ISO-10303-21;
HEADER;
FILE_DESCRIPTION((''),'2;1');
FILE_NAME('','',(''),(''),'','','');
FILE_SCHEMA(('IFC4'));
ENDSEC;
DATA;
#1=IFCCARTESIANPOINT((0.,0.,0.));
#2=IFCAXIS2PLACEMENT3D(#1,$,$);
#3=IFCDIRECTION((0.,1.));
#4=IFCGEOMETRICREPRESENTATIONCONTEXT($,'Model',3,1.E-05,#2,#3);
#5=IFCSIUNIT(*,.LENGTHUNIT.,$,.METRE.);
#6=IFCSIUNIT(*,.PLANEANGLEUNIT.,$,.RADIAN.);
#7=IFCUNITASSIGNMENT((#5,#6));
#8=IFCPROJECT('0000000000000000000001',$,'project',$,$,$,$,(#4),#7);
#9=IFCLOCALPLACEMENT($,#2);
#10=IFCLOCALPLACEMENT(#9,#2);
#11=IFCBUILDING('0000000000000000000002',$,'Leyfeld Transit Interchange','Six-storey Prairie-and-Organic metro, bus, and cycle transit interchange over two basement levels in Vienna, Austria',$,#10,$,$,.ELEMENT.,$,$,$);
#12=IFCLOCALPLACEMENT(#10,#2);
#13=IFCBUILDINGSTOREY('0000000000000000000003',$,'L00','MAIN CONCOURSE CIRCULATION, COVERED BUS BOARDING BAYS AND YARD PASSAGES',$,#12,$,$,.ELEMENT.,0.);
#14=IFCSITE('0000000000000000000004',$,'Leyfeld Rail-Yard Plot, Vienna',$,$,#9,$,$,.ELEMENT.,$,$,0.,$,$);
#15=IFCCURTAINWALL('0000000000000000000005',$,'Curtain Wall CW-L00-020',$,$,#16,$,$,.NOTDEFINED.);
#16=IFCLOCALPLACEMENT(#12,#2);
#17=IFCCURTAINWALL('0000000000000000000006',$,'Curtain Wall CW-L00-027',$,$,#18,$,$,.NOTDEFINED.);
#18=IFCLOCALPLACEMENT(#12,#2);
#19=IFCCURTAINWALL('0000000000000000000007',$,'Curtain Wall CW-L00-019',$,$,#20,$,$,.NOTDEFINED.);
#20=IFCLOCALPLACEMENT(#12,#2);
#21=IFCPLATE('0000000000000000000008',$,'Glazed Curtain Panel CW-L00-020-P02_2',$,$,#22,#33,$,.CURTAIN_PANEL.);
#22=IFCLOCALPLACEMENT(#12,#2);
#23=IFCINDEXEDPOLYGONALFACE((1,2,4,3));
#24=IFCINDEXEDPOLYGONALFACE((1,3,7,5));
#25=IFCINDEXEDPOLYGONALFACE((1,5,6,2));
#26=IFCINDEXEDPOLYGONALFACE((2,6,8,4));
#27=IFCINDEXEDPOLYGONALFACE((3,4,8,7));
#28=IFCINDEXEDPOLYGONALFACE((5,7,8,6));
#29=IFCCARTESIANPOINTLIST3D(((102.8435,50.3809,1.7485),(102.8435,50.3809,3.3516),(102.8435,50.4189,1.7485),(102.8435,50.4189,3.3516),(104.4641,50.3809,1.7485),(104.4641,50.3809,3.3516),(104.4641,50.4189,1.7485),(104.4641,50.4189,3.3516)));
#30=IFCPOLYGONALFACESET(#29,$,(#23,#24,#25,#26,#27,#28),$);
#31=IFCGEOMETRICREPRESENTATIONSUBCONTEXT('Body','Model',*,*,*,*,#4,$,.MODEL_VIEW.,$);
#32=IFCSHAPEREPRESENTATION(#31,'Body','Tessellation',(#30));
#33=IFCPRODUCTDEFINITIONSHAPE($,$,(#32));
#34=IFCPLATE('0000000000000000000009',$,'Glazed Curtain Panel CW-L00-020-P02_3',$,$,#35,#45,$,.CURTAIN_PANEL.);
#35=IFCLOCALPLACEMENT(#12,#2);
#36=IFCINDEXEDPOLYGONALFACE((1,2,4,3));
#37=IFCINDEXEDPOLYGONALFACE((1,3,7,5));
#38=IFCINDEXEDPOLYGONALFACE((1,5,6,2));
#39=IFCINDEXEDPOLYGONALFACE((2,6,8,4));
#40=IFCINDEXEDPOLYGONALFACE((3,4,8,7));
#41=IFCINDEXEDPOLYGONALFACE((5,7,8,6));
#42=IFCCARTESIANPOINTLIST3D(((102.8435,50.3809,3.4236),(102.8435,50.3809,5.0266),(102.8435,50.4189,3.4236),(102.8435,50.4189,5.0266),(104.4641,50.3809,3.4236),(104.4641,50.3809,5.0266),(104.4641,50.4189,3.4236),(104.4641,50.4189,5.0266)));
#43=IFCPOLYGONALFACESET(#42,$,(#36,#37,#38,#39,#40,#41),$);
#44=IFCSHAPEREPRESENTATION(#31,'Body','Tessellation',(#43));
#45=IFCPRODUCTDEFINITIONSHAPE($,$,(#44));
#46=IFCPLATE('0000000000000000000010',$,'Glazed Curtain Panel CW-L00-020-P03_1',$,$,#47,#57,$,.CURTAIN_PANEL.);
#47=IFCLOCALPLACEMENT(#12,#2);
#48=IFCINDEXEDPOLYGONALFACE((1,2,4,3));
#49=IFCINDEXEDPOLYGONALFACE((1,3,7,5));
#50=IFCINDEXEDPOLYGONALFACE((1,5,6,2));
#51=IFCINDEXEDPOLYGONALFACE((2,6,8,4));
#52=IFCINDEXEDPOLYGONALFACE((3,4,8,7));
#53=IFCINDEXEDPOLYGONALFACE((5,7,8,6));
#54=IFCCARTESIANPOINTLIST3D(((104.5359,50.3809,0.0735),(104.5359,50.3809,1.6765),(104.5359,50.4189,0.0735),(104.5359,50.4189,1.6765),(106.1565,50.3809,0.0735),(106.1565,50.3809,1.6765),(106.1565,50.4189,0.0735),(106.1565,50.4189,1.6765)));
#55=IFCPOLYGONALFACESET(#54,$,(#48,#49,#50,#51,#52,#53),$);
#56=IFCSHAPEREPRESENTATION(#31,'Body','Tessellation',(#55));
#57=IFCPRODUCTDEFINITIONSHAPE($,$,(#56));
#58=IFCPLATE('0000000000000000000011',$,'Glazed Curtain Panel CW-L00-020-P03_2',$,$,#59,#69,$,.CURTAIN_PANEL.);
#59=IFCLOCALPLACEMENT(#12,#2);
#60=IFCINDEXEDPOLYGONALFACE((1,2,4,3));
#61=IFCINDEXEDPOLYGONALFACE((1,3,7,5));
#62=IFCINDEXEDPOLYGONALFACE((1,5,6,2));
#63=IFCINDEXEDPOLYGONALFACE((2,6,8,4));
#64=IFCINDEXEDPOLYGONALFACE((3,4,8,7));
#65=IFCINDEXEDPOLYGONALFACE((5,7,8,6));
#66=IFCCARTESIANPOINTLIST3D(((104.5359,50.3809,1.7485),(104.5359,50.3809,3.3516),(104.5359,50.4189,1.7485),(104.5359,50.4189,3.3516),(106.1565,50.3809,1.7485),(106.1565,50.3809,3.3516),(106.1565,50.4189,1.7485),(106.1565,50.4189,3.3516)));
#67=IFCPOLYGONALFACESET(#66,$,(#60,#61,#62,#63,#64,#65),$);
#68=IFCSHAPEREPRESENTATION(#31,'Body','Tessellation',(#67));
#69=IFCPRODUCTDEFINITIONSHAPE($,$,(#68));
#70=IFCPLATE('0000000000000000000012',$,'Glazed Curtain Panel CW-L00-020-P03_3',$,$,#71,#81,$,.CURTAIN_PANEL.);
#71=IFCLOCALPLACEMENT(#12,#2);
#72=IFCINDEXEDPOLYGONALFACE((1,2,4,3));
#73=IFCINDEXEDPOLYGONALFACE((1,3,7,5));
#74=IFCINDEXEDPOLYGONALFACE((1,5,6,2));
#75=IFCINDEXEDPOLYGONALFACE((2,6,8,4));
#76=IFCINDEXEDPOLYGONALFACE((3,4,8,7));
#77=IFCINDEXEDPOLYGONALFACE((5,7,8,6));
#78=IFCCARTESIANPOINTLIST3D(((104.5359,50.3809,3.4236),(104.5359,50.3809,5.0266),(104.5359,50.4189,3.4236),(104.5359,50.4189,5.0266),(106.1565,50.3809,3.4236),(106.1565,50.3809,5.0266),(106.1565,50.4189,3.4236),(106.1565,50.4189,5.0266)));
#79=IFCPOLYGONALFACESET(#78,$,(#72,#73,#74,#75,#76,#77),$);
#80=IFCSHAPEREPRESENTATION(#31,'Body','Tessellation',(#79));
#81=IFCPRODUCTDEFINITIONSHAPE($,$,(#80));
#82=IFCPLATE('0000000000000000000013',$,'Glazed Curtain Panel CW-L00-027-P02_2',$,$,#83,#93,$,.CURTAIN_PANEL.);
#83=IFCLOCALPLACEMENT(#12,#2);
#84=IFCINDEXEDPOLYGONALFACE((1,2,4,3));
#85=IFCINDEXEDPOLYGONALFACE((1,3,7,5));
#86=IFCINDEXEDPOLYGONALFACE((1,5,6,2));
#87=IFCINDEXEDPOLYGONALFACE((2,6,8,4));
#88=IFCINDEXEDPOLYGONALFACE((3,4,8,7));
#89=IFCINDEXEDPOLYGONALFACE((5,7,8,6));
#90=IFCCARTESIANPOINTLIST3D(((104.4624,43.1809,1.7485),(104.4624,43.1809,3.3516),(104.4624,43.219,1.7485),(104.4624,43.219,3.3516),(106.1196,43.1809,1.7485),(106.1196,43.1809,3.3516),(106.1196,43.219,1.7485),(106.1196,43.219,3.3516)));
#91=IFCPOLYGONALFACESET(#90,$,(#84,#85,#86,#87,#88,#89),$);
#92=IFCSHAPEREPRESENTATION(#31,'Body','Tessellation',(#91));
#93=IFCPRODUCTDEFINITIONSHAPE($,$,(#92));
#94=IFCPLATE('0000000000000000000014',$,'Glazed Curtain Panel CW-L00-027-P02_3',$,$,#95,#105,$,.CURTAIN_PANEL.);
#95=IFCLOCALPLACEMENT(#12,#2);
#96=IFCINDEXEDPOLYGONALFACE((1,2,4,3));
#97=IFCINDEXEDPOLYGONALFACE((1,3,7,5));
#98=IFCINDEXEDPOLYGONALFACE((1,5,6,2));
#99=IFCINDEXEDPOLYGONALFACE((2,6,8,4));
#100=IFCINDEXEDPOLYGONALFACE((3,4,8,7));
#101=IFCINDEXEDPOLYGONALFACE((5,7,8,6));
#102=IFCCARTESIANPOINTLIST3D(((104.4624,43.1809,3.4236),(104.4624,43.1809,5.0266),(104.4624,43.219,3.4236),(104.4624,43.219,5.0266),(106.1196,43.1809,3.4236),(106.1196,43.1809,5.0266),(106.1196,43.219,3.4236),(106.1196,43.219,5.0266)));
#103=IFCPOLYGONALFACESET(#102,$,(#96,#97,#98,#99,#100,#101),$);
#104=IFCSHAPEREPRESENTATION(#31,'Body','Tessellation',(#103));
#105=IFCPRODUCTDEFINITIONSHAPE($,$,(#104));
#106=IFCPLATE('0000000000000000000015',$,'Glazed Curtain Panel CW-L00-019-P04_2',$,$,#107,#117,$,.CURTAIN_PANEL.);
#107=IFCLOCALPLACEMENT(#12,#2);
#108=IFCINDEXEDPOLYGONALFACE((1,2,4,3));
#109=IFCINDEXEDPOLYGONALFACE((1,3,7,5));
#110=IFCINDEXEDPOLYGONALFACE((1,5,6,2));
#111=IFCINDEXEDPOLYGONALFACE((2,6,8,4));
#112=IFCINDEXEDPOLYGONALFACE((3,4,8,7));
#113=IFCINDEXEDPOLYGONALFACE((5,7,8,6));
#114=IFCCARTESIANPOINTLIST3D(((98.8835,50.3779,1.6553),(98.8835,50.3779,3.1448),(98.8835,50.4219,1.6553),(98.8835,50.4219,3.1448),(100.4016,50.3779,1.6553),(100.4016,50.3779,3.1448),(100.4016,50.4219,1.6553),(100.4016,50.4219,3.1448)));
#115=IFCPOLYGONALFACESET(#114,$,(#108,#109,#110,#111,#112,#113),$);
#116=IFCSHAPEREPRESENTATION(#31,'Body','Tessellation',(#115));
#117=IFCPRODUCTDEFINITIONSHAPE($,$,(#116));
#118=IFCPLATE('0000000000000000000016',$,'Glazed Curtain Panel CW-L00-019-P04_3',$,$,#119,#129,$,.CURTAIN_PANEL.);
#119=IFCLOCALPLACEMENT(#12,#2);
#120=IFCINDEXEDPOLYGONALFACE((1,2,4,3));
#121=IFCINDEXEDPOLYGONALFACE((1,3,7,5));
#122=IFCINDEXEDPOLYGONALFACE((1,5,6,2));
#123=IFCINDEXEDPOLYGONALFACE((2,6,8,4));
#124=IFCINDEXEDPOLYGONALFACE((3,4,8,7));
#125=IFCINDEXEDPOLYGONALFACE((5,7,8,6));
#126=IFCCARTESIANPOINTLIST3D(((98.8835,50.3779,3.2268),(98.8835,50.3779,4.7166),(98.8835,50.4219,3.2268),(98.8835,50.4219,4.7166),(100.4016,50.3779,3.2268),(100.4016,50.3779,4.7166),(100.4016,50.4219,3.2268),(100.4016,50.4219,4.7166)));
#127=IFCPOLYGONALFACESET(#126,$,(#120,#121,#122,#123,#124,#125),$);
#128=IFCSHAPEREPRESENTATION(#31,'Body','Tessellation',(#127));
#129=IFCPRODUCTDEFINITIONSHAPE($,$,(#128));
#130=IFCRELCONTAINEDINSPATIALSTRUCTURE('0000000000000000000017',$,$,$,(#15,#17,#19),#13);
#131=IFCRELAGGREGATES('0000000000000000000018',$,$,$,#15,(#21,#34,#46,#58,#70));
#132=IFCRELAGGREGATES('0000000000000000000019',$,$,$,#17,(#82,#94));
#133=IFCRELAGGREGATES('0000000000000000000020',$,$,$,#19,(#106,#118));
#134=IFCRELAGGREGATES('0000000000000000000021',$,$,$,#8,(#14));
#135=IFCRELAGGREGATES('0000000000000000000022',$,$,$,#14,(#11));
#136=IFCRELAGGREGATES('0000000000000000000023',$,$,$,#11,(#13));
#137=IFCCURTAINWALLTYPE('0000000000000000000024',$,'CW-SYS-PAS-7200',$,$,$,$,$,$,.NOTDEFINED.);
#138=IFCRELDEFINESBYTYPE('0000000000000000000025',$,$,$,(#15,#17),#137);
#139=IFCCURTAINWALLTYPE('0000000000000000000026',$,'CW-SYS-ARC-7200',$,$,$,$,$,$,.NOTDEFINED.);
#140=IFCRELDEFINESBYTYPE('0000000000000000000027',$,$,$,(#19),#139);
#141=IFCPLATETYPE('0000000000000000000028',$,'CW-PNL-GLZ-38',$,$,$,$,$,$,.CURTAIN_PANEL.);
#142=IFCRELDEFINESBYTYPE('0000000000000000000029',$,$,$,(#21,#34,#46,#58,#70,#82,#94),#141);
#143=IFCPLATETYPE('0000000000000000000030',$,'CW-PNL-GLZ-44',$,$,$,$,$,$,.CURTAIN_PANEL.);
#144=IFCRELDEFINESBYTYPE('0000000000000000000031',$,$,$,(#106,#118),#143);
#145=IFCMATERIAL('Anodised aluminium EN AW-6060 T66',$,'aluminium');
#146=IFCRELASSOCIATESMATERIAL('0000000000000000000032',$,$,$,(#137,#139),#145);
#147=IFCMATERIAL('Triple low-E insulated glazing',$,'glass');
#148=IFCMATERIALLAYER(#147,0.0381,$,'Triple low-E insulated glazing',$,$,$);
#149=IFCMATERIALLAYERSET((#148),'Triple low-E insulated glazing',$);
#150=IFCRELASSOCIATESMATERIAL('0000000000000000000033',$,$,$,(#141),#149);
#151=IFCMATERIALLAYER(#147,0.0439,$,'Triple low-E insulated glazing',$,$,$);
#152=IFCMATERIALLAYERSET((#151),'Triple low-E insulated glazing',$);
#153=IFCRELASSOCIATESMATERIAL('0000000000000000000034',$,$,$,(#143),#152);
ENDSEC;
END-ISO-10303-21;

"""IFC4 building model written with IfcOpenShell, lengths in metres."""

from ifc_helpers import new_model, si_unit, direction, frame, origin, origin_2d, place, context, subcontext, project, spatial, rectangle, extrude, material, layer, layer_set, type_object, element, aggregate, save


model = new_model("IFC4")

# Units and contexts
model_context = context("Model", 3, precision=1e-05, world=origin(), true_north=direction((0.0, 1.0)))
body_context = subcontext(model_context, "Body", "Model", "MODEL_VIEW")
ifc_project = project(units=[si_unit("LENGTHUNIT", "METRE"), si_unit("PLANEANGLEUNIT", "RADIAN")], contexts=[model_context])

# Site, building, storey
site_placement = place(None, origin())
site = spatial("IfcSite", under=ifc_project, at=site_placement, Name="Leyfeld Rail-Yard Plot, Vienna", CompositionType="ELEMENT", RefElevation=0.0)
building_placement = place(site_placement, origin())
building = spatial("IfcBuilding", under=site, at=building_placement, Name="Leyfeld Transit Interchange", Description="Six-storey Prairie-and-Organic metro, bus, and cycle transit interchange over two basement levels in Vienna, Austria", CompositionType="ELEMENT")
storey_placement = place(building_placement, origin())
storey = spatial("IfcBuildingStorey", under=building, at=storey_placement, Name="L00", Description="MAIN CONCOURSE CIRCULATION, COVERED BUS BOARDING BAYS AND YARD PASSAGES", CompositionType="ELEMENT", Elevation=0.0)

# Curtain wall
ifc_material_1 = material(Name="Anodised aluminium EN AW-6060 T66", Category="aluminium")
curtain_wall_type_1 = type_object("IfcCurtainWallType", Name="CW-SYS-PAS-7200", PredefinedType="NOTDEFINED", material=ifc_material_1)
curtain_wall_1_placement = place(storey_placement, origin())
curtain_wall_1 = element("IfcCurtainWall", 1, at=curtain_wall_1_placement, inside=storey, type_object=curtain_wall_type_1, Name="Curtain Wall CW-L00-020", PredefinedType="NOTDEFINED")

# Curtain walls
curtain_wall_2_placement = place(storey_placement, origin())
curtain_wall_2 = element("IfcCurtainWall", 2, at=curtain_wall_2_placement, inside=storey, type_object=curtain_wall_type_1, Name="Curtain Wall CW-L00-027", PredefinedType="NOTDEFINED")
curtain_wall_type_2 = type_object("IfcCurtainWallType", Name="CW-SYS-ARC-7200", PredefinedType="NOTDEFINED", material=ifc_material_1)
curtain_wall_3_placement = place(storey_placement, origin())
curtain_wall_3 = element("IfcCurtainWall", 3, at=curtain_wall_3_placement, inside=storey, type_object=curtain_wall_type_2, Name="Curtain Wall CW-L00-019", PredefinedType="NOTDEFINED")

# Plates
ifc_material_2 = material(Name="Triple low-E insulated glazing", Category="glass")
ifc_layer_1 = layer(ifc_material_2, 0.0381, Name="Triple low-E insulated glazing")
ifc_layer_set_1 = layer_set([ifc_layer_1], Name="Triple low-E insulated glazing")
plate_type_1 = type_object("IfcPlateType", Name="CW-PNL-GLZ-38", PredefinedType="CURTAIN_PANEL", material=ifc_layer_set_1)
plate_1_placement = place(storey_placement, frame((103.6538, 50.3999, 1.7485), z_axis=(0.0, 0.0, 1.0), x_axis=(1.0, 0.0, 0.0)))
plate_1 = element("IfcPlate", 4, at=plate_1_placement, type_object=plate_type_1, Name="Glazed Curtain Panel CW-L00-020-P02_2", PredefinedType="CURTAIN_PANEL", context=body_context, shape_type="SweptSolid", body=[
    extrude(rectangle(XDim=1.6206, YDim=0.0381, at=origin_2d()), origin(), (0.0, 0.0, 1.0), 1.603),
])
plate_2_placement = place(storey_placement, frame((103.6538, 50.3999, 3.4236), z_axis=(0.0, 0.0, 1.0), x_axis=(1.0, 0.0, 0.0)))
plate_2 = element("IfcPlate", 5, at=plate_2_placement, type_object=plate_type_1, Name="Glazed Curtain Panel CW-L00-020-P02_3", PredefinedType="CURTAIN_PANEL", context=body_context, shape_type="SweptSolid", body=[
    extrude(rectangle(XDim=1.6206, YDim=0.0381, at=origin_2d()), origin(), (0.0, 0.0, 1.0), 1.603),
])
plate_3_placement = place(storey_placement, frame((105.3462, 50.3999, 0.0735), z_axis=(0.0, 0.0, 1.0), x_axis=(1.0, 0.0, 0.0)))
plate_3 = element("IfcPlate", 6, at=plate_3_placement, type_object=plate_type_1, Name="Glazed Curtain Panel CW-L00-020-P03_1", PredefinedType="CURTAIN_PANEL", context=body_context, shape_type="SweptSolid", body=[
    extrude(rectangle(XDim=1.6206, YDim=0.0381, at=origin_2d()), origin(), (0.0, 0.0, 1.0), 1.603),
])
plate_4_placement = place(storey_placement, frame((105.3462, 50.3999, 1.7485), z_axis=(0.0, 0.0, 1.0), x_axis=(1.0, 0.0, 0.0)))
plate_4 = element("IfcPlate", 7, at=plate_4_placement, type_object=plate_type_1, Name="Glazed Curtain Panel CW-L00-020-P03_2", PredefinedType="CURTAIN_PANEL", context=body_context, shape_type="SweptSolid", body=[
    extrude(rectangle(XDim=1.6206, YDim=0.0381, at=origin_2d()), origin(), (0.0, 0.0, 1.0), 1.603),
])
plate_5_placement = place(storey_placement, frame((105.3462, 50.3999, 3.4236), z_axis=(0.0, 0.0, 1.0), x_axis=(1.0, 0.0, 0.0)))
plate_5 = element("IfcPlate", 8, at=plate_5_placement, type_object=plate_type_1, Name="Glazed Curtain Panel CW-L00-020-P03_3", PredefinedType="CURTAIN_PANEL", context=body_context, shape_type="SweptSolid", body=[
    extrude(rectangle(XDim=1.6206, YDim=0.0381, at=origin_2d()), origin(), (0.0, 0.0, 1.0), 1.603),
])
aggregate(curtain_wall_1, [plate_1, plate_2, plate_3, plate_4, plate_5])
plate_6_placement = place(storey_placement, frame((105.291, 43.2, 1.7485), z_axis=(0.0, 0.0, 1.0), x_axis=(-1.0, 0.0, 0.0)))
plate_6 = element("IfcPlate", 9, at=plate_6_placement, type_object=plate_type_1, Name="Glazed Curtain Panel CW-L00-027-P02_2", PredefinedType="CURTAIN_PANEL", context=body_context, shape_type="SweptSolid", body=[
    extrude(rectangle(XDim=1.6572, YDim=0.0381, at=origin_2d()), origin(), (0.0, 0.0, 1.0), 1.603),
])
plate_7_placement = place(storey_placement, frame((105.291, 43.2, 3.4236), z_axis=(0.0, 0.0, 1.0), x_axis=(-1.0, 0.0, 0.0)))
plate_7 = element("IfcPlate", 10, at=plate_7_placement, type_object=plate_type_1, Name="Glazed Curtain Panel CW-L00-027-P02_3", PredefinedType="CURTAIN_PANEL", context=body_context, shape_type="SweptSolid", body=[
    extrude(rectangle(XDim=1.6572, YDim=0.0381, at=origin_2d()), origin(), (0.0, 0.0, 1.0), 1.603),
])
aggregate(curtain_wall_2, [plate_6, plate_7])
ifc_layer_2 = layer(ifc_material_2, 0.0439, Name="Triple low-E insulated glazing")
ifc_layer_set_2 = layer_set([ifc_layer_2], Name="Triple low-E insulated glazing")
plate_type_2 = type_object("IfcPlateType", Name="CW-PNL-GLZ-44", PredefinedType="CURTAIN_PANEL", material=ifc_layer_set_2)
plate_8_placement = place(storey_placement, frame((99.6426, 50.3999, 1.6553), z_axis=(0.0, 0.0, 1.0), x_axis=(1.0, 0.0, 0.0)))
plate_8 = element("IfcPlate", 11, at=plate_8_placement, type_object=plate_type_2, Name="Glazed Curtain Panel CW-L00-019-P04_2", PredefinedType="CURTAIN_PANEL", context=body_context, shape_type="SweptSolid", body=[
    extrude(rectangle(XDim=1.5181, YDim=0.0439, at=origin_2d()), origin(), (0.0, 0.0, 1.0), 1.4895),
])
plate_9_placement = place(storey_placement, frame((99.6426, 50.3999, 3.2268), z_axis=(0.0, 0.0, 1.0), x_axis=(1.0, 0.0, 0.0)))
plate_9 = element("IfcPlate", 12, at=plate_9_placement, type_object=plate_type_2, Name="Glazed Curtain Panel CW-L00-019-P04_3", PredefinedType="CURTAIN_PANEL", context=body_context, shape_type="SweptSolid", body=[
    extrude(rectangle(XDim=1.5181, YDim=0.0439, at=origin_2d()), origin(), (0.0, 0.0, 1.0), 1.4897),
])
aggregate(curtain_wall_3, [plate_8, plate_9])

save(model, "model.ifc")
